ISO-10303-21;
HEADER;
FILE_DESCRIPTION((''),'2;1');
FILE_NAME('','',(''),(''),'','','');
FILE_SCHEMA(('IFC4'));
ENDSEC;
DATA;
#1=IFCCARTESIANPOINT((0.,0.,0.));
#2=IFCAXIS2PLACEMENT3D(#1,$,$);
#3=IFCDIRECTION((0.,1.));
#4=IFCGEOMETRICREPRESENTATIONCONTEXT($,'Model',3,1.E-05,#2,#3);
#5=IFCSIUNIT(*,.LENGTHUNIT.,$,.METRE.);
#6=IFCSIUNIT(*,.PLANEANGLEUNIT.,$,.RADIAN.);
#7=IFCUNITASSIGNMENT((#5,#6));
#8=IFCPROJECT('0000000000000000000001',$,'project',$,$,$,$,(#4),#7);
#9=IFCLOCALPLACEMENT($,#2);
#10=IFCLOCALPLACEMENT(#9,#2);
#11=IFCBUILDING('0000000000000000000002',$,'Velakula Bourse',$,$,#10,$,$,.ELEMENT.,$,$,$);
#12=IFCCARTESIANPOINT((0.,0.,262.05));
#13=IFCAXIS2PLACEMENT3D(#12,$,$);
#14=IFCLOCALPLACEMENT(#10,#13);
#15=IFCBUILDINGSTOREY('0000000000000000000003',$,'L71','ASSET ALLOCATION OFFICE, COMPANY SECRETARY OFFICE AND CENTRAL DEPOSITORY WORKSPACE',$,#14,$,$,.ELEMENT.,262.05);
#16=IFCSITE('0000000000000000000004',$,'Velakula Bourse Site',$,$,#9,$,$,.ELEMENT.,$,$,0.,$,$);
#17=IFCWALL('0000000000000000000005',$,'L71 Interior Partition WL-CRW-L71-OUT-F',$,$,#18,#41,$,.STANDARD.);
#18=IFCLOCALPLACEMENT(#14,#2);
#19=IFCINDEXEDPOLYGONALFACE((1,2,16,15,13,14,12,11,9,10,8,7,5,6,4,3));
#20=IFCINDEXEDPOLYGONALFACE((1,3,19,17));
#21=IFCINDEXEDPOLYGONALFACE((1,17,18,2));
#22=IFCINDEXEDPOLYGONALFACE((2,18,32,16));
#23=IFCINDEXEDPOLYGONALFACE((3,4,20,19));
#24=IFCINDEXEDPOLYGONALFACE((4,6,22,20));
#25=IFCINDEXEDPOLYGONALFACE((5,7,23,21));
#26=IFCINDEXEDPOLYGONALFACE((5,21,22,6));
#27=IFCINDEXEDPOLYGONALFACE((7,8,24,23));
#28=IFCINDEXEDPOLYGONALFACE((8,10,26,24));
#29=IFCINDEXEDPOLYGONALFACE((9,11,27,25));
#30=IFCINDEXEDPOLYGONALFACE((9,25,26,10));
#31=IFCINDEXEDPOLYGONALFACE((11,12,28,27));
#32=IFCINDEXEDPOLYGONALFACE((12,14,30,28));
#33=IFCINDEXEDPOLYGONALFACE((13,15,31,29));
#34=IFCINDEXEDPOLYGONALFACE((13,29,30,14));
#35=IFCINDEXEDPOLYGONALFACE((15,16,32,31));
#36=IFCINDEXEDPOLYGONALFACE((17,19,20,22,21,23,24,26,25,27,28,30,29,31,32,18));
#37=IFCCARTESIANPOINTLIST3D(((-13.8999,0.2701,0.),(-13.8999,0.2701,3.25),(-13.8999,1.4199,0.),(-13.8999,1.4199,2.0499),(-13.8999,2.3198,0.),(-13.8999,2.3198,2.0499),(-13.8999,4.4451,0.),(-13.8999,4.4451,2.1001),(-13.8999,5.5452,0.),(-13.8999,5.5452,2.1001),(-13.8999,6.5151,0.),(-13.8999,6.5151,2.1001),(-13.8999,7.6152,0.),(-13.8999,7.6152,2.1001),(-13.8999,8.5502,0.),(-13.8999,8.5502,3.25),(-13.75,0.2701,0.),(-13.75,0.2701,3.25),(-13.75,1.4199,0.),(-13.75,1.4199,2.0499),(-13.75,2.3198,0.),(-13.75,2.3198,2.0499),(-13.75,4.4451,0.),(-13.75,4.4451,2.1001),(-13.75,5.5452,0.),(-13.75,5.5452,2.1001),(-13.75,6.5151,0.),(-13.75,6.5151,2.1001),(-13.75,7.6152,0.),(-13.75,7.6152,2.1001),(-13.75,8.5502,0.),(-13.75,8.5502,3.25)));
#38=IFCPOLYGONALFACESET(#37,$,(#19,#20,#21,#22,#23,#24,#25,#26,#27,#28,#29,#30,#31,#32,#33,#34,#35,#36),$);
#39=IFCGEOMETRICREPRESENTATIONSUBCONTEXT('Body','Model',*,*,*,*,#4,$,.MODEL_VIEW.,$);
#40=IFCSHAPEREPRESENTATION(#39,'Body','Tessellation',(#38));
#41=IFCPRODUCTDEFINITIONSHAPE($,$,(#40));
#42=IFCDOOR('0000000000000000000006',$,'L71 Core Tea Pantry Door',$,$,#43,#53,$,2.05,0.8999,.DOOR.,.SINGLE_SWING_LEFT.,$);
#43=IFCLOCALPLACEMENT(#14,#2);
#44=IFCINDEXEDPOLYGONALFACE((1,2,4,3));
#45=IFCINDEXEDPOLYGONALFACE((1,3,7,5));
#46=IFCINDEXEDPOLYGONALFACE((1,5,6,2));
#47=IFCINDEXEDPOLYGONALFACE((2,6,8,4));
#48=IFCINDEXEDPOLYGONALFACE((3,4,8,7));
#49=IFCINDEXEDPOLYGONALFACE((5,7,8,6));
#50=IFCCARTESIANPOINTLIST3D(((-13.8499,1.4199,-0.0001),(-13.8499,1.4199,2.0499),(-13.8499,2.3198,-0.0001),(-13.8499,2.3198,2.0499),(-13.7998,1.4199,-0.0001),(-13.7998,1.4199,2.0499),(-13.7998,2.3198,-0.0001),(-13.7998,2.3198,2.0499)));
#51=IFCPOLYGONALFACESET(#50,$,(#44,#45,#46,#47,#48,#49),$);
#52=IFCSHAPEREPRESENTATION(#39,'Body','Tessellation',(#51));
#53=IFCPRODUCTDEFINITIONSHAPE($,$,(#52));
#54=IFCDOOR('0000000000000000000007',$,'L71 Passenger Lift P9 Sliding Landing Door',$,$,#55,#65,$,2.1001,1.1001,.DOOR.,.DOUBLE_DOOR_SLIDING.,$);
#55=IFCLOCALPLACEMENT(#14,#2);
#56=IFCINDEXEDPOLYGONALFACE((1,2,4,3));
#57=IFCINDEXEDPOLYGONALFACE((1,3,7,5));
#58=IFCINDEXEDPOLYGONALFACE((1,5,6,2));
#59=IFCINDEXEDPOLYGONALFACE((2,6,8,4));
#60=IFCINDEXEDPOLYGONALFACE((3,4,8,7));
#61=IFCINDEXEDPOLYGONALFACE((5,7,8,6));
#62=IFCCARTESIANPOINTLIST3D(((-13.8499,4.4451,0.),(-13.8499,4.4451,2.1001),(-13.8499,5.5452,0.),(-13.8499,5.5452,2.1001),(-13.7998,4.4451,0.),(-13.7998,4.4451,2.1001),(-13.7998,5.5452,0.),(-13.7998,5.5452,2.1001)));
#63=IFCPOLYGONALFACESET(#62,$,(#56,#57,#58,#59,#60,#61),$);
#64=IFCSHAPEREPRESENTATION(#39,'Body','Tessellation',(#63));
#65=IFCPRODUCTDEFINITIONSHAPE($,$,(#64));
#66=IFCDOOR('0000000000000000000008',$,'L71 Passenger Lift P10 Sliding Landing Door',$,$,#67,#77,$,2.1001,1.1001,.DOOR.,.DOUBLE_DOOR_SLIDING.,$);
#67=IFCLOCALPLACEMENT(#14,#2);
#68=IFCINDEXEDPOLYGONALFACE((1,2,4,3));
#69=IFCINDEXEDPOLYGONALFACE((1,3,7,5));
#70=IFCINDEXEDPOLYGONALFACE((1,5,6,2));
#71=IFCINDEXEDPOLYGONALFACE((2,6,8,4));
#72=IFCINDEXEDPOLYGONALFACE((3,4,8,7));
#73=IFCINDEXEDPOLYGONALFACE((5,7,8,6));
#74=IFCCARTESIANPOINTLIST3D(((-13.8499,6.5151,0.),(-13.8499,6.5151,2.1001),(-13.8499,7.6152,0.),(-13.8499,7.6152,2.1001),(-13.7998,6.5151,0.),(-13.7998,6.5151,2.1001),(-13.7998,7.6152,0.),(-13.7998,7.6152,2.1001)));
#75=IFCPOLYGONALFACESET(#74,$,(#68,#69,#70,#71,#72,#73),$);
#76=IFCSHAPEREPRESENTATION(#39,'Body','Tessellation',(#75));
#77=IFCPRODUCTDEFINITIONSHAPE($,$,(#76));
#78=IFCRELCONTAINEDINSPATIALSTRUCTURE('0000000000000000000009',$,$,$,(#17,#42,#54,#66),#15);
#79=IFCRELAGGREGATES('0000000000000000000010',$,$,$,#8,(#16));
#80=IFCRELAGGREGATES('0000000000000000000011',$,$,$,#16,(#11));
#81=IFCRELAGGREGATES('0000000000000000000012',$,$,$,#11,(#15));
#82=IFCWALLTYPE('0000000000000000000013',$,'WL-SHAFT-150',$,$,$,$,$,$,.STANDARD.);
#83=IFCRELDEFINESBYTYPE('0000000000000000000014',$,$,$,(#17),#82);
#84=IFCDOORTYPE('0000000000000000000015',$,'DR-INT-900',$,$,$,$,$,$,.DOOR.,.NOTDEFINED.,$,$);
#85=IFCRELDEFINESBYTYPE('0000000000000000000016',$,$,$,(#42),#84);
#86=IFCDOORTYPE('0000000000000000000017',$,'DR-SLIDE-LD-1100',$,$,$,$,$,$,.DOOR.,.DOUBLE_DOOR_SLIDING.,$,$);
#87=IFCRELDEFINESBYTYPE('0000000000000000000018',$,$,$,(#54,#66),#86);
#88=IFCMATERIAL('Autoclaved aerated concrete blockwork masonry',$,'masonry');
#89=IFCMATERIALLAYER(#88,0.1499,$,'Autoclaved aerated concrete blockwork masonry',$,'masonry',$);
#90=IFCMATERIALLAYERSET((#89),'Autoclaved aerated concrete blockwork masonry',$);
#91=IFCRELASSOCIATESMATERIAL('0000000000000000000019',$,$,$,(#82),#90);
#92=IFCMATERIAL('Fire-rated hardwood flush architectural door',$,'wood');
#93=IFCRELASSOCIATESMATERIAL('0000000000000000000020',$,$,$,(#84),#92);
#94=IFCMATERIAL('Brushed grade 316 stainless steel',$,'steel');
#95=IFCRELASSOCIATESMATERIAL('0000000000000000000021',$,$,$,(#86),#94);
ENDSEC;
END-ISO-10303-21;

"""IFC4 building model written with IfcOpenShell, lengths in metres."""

from ifc_helpers import new_model, si_unit, direction, frame, frame_2d, origin, place, context, subcontext, project, spatial, rectangle, extrude, material, layer, layer_set, type_object, element, fill, save


model = new_model("IFC4")

# Units and contexts
model_context = context("Model", 3, precision=1e-05, world=origin(), true_north=direction((0.0, 1.0)))
body_context = subcontext(model_context, "Body", "Model", "MODEL_VIEW")
ifc_project = project(units=[si_unit("LENGTHUNIT", "METRE"), si_unit("PLANEANGLEUNIT", "RADIAN")], contexts=[model_context])

# Site, building, storey
site_placement = place(None, origin())
site = spatial("IfcSite", under=ifc_project, at=site_placement, Name="Velakula Bourse Site", CompositionType="ELEMENT", RefElevation=0.0)
building_placement = place(site_placement, origin())
building = spatial("IfcBuilding", under=site, at=building_placement, Name="Velakula Bourse", CompositionType="ELEMENT")
storey_placement = place(building_placement, frame((0.0, 0.0, 262.05)))
storey = spatial("IfcBuildingStorey", under=building, at=storey_placement, Name="L71", Description="ASSET ALLOCATION OFFICE, COMPANY SECRETARY OFFICE AND CENTRAL DEPOSITORY WORKSPACE", CompositionType="ELEMENT", Elevation=262.05)

# Shared definitions
ifc_material_1 = material(Name="Fire-rated hardwood flush architectural door", Category="wood")

# Shared definitions
ifc_material_2 = material(Name="Autoclaved aerated concrete blockwork masonry", Category="masonry")
ifc_layer_1 = layer(ifc_material_2, 0.1499, Name="Autoclaved aerated concrete blockwork masonry", Category="masonry")
ifc_layer_set_1 = layer_set([ifc_layer_1], Name="Autoclaved aerated concrete blockwork masonry")
wall_type_1 = type_object("IfcWallType", Name="WL-SHAFT-150", PredefinedType="STANDARD", material=ifc_layer_set_1)

# Wall, openings, doors
wall_1_placement = place(storey_placement, frame((-13.825, 0.27, 0.0), z_axis=(0.0, 0.0, 1.0), x_axis=(0.0, 1.0, 0.0)))
wall_1 = element("IfcWall", 1, at=wall_1_placement, inside=storey, type_object=wall_type_1, Name="L71 Interior Partition WL-CRW-L71-OUT-F", PredefinedType="STANDARD", context=body_context, shape_type="SweptSolid", body=[
    extrude(rectangle(XDim=8.28, YDim=0.1499, at=frame_2d((4.1401, 0.0))), origin(), (0.0, 0.0, 1.0), 3.25),
])
opening_1_placement = place(wall_1_placement, frame((4.175, 0.0, 0.0)))
opening_1 = element("IfcOpeningElement", 2, at=opening_1_placement, cuts=wall_1, PredefinedType="OPENING", context=body_context, shape_type="SweptSolid", body=[
    extrude(rectangle(XDim=1.1001, YDim=2.1001, at=frame_2d((0.55, 1.05))), frame((0.0, 0.085, 0.0), z_axis=(0.0, -1.0, 0.0), x_axis=(1.0, 0.0, 0.0)), (0.0, 0.0, 1.0), 0.1699),
])
opening_2_placement = place(wall_1_placement, frame((6.2451, 0.0, 0.0)))
opening_2 = element("IfcOpeningElement", 3, at=opening_2_placement, cuts=wall_1, PredefinedType="OPENING", context=body_context, shape_type="SweptSolid", body=[
    extrude(rectangle(XDim=1.1001, YDim=2.1001, at=frame_2d((0.55, 1.05))), frame((0.0, 0.085, 0.0), z_axis=(0.0, -1.0, 0.0), x_axis=(1.0, 0.0, 0.0)), (0.0, 0.0, 1.0), 0.1699),
])
opening_3_placement = place(wall_1_placement, frame((1.1499, 0.0, 0.0)))
opening_3 = element("IfcOpeningElement", 4, at=opening_3_placement, cuts=wall_1, PredefinedType="OPENING", context=body_context, shape_type="SweptSolid", body=[
    extrude(rectangle(XDim=0.8999, YDim=2.05, at=frame_2d((0.45, 1.0249))), frame((0.0, 0.085, 0.0), z_axis=(0.0, -1.0, 0.0), x_axis=(1.0, 0.0, 0.0)), (0.0, 0.0, 1.0), 0.1699),
])
door_type_1 = type_object("IfcDoorType", Name="DR-INT-900", OperationType="NOTDEFINED", PredefinedType="DOOR", material=ifc_material_1)
door_1_placement = place(opening_3_placement, origin())
door_1 = element("IfcDoor", 5, at=door_1_placement, inside=storey, type_object=door_type_1, Name="L71 Core Tea Pantry Door", OperationType="SINGLE_SWING_LEFT", OverallHeight=2.05, OverallWidth=0.8999, PredefinedType="DOOR", context=body_context, shape_type="SweptSolid", body=[
    extrude(rectangle(XDim=0.8999, YDim=2.05, at=frame_2d((0.45, 1.0249))), frame((0.0, 0.0249, 0.0), z_axis=(0.0, -1.0, 0.0), x_axis=(1.0, 0.0, 0.0)), (0.0, 0.0, 1.0), 0.05),
])
fill(opening_3, door_1)
ifc_material_3 = material(Name="Brushed grade 316 stainless steel", Category="steel")
door_type_2 = type_object("IfcDoorType", Name="DR-SLIDE-LD-1100", OperationType="DOUBLE_DOOR_SLIDING", PredefinedType="DOOR", material=ifc_material_3)
door_2_placement = place(opening_1_placement, origin())
door_2 = element("IfcDoor", 6, at=door_2_placement, inside=storey, type_object=door_type_2, Name="L71 Passenger Lift P9 Sliding Landing Door", OperationType="DOUBLE_DOOR_SLIDING", OverallHeight=2.1001, OverallWidth=1.1001, PredefinedType="DOOR", context=body_context, shape_type="SweptSolid", body=[
    extrude(rectangle(XDim=1.1001, YDim=2.1001, at=frame_2d((0.55, 1.05))), frame((0.0, 0.0249, 0.0), z_axis=(0.0, -1.0, 0.0), x_axis=(1.0, 0.0, 0.0)), (0.0, 0.0, 1.0), 0.05),
])
fill(opening_1, door_2)
door_3_placement = place(opening_2_placement, origin())
door_3 = element("IfcDoor", 7, at=door_3_placement, inside=storey, type_object=door_type_2, Name="L71 Passenger Lift P10 Sliding Landing Door", OperationType="DOUBLE_DOOR_SLIDING", OverallHeight=2.1001, OverallWidth=1.1001, PredefinedType="DOOR", context=body_context, shape_type="SweptSolid", body=[
    extrude(rectangle(XDim=1.1001, YDim=2.1001, at=frame_2d((0.55, 1.05))), frame((0.0, 0.0249, 0.0), z_axis=(0.0, -1.0, 0.0), x_axis=(1.0, 0.0, 0.0)), (0.0, 0.0, 1.0), 0.05),
])
fill(opening_2, door_3)

save(model, "model.ifc")
